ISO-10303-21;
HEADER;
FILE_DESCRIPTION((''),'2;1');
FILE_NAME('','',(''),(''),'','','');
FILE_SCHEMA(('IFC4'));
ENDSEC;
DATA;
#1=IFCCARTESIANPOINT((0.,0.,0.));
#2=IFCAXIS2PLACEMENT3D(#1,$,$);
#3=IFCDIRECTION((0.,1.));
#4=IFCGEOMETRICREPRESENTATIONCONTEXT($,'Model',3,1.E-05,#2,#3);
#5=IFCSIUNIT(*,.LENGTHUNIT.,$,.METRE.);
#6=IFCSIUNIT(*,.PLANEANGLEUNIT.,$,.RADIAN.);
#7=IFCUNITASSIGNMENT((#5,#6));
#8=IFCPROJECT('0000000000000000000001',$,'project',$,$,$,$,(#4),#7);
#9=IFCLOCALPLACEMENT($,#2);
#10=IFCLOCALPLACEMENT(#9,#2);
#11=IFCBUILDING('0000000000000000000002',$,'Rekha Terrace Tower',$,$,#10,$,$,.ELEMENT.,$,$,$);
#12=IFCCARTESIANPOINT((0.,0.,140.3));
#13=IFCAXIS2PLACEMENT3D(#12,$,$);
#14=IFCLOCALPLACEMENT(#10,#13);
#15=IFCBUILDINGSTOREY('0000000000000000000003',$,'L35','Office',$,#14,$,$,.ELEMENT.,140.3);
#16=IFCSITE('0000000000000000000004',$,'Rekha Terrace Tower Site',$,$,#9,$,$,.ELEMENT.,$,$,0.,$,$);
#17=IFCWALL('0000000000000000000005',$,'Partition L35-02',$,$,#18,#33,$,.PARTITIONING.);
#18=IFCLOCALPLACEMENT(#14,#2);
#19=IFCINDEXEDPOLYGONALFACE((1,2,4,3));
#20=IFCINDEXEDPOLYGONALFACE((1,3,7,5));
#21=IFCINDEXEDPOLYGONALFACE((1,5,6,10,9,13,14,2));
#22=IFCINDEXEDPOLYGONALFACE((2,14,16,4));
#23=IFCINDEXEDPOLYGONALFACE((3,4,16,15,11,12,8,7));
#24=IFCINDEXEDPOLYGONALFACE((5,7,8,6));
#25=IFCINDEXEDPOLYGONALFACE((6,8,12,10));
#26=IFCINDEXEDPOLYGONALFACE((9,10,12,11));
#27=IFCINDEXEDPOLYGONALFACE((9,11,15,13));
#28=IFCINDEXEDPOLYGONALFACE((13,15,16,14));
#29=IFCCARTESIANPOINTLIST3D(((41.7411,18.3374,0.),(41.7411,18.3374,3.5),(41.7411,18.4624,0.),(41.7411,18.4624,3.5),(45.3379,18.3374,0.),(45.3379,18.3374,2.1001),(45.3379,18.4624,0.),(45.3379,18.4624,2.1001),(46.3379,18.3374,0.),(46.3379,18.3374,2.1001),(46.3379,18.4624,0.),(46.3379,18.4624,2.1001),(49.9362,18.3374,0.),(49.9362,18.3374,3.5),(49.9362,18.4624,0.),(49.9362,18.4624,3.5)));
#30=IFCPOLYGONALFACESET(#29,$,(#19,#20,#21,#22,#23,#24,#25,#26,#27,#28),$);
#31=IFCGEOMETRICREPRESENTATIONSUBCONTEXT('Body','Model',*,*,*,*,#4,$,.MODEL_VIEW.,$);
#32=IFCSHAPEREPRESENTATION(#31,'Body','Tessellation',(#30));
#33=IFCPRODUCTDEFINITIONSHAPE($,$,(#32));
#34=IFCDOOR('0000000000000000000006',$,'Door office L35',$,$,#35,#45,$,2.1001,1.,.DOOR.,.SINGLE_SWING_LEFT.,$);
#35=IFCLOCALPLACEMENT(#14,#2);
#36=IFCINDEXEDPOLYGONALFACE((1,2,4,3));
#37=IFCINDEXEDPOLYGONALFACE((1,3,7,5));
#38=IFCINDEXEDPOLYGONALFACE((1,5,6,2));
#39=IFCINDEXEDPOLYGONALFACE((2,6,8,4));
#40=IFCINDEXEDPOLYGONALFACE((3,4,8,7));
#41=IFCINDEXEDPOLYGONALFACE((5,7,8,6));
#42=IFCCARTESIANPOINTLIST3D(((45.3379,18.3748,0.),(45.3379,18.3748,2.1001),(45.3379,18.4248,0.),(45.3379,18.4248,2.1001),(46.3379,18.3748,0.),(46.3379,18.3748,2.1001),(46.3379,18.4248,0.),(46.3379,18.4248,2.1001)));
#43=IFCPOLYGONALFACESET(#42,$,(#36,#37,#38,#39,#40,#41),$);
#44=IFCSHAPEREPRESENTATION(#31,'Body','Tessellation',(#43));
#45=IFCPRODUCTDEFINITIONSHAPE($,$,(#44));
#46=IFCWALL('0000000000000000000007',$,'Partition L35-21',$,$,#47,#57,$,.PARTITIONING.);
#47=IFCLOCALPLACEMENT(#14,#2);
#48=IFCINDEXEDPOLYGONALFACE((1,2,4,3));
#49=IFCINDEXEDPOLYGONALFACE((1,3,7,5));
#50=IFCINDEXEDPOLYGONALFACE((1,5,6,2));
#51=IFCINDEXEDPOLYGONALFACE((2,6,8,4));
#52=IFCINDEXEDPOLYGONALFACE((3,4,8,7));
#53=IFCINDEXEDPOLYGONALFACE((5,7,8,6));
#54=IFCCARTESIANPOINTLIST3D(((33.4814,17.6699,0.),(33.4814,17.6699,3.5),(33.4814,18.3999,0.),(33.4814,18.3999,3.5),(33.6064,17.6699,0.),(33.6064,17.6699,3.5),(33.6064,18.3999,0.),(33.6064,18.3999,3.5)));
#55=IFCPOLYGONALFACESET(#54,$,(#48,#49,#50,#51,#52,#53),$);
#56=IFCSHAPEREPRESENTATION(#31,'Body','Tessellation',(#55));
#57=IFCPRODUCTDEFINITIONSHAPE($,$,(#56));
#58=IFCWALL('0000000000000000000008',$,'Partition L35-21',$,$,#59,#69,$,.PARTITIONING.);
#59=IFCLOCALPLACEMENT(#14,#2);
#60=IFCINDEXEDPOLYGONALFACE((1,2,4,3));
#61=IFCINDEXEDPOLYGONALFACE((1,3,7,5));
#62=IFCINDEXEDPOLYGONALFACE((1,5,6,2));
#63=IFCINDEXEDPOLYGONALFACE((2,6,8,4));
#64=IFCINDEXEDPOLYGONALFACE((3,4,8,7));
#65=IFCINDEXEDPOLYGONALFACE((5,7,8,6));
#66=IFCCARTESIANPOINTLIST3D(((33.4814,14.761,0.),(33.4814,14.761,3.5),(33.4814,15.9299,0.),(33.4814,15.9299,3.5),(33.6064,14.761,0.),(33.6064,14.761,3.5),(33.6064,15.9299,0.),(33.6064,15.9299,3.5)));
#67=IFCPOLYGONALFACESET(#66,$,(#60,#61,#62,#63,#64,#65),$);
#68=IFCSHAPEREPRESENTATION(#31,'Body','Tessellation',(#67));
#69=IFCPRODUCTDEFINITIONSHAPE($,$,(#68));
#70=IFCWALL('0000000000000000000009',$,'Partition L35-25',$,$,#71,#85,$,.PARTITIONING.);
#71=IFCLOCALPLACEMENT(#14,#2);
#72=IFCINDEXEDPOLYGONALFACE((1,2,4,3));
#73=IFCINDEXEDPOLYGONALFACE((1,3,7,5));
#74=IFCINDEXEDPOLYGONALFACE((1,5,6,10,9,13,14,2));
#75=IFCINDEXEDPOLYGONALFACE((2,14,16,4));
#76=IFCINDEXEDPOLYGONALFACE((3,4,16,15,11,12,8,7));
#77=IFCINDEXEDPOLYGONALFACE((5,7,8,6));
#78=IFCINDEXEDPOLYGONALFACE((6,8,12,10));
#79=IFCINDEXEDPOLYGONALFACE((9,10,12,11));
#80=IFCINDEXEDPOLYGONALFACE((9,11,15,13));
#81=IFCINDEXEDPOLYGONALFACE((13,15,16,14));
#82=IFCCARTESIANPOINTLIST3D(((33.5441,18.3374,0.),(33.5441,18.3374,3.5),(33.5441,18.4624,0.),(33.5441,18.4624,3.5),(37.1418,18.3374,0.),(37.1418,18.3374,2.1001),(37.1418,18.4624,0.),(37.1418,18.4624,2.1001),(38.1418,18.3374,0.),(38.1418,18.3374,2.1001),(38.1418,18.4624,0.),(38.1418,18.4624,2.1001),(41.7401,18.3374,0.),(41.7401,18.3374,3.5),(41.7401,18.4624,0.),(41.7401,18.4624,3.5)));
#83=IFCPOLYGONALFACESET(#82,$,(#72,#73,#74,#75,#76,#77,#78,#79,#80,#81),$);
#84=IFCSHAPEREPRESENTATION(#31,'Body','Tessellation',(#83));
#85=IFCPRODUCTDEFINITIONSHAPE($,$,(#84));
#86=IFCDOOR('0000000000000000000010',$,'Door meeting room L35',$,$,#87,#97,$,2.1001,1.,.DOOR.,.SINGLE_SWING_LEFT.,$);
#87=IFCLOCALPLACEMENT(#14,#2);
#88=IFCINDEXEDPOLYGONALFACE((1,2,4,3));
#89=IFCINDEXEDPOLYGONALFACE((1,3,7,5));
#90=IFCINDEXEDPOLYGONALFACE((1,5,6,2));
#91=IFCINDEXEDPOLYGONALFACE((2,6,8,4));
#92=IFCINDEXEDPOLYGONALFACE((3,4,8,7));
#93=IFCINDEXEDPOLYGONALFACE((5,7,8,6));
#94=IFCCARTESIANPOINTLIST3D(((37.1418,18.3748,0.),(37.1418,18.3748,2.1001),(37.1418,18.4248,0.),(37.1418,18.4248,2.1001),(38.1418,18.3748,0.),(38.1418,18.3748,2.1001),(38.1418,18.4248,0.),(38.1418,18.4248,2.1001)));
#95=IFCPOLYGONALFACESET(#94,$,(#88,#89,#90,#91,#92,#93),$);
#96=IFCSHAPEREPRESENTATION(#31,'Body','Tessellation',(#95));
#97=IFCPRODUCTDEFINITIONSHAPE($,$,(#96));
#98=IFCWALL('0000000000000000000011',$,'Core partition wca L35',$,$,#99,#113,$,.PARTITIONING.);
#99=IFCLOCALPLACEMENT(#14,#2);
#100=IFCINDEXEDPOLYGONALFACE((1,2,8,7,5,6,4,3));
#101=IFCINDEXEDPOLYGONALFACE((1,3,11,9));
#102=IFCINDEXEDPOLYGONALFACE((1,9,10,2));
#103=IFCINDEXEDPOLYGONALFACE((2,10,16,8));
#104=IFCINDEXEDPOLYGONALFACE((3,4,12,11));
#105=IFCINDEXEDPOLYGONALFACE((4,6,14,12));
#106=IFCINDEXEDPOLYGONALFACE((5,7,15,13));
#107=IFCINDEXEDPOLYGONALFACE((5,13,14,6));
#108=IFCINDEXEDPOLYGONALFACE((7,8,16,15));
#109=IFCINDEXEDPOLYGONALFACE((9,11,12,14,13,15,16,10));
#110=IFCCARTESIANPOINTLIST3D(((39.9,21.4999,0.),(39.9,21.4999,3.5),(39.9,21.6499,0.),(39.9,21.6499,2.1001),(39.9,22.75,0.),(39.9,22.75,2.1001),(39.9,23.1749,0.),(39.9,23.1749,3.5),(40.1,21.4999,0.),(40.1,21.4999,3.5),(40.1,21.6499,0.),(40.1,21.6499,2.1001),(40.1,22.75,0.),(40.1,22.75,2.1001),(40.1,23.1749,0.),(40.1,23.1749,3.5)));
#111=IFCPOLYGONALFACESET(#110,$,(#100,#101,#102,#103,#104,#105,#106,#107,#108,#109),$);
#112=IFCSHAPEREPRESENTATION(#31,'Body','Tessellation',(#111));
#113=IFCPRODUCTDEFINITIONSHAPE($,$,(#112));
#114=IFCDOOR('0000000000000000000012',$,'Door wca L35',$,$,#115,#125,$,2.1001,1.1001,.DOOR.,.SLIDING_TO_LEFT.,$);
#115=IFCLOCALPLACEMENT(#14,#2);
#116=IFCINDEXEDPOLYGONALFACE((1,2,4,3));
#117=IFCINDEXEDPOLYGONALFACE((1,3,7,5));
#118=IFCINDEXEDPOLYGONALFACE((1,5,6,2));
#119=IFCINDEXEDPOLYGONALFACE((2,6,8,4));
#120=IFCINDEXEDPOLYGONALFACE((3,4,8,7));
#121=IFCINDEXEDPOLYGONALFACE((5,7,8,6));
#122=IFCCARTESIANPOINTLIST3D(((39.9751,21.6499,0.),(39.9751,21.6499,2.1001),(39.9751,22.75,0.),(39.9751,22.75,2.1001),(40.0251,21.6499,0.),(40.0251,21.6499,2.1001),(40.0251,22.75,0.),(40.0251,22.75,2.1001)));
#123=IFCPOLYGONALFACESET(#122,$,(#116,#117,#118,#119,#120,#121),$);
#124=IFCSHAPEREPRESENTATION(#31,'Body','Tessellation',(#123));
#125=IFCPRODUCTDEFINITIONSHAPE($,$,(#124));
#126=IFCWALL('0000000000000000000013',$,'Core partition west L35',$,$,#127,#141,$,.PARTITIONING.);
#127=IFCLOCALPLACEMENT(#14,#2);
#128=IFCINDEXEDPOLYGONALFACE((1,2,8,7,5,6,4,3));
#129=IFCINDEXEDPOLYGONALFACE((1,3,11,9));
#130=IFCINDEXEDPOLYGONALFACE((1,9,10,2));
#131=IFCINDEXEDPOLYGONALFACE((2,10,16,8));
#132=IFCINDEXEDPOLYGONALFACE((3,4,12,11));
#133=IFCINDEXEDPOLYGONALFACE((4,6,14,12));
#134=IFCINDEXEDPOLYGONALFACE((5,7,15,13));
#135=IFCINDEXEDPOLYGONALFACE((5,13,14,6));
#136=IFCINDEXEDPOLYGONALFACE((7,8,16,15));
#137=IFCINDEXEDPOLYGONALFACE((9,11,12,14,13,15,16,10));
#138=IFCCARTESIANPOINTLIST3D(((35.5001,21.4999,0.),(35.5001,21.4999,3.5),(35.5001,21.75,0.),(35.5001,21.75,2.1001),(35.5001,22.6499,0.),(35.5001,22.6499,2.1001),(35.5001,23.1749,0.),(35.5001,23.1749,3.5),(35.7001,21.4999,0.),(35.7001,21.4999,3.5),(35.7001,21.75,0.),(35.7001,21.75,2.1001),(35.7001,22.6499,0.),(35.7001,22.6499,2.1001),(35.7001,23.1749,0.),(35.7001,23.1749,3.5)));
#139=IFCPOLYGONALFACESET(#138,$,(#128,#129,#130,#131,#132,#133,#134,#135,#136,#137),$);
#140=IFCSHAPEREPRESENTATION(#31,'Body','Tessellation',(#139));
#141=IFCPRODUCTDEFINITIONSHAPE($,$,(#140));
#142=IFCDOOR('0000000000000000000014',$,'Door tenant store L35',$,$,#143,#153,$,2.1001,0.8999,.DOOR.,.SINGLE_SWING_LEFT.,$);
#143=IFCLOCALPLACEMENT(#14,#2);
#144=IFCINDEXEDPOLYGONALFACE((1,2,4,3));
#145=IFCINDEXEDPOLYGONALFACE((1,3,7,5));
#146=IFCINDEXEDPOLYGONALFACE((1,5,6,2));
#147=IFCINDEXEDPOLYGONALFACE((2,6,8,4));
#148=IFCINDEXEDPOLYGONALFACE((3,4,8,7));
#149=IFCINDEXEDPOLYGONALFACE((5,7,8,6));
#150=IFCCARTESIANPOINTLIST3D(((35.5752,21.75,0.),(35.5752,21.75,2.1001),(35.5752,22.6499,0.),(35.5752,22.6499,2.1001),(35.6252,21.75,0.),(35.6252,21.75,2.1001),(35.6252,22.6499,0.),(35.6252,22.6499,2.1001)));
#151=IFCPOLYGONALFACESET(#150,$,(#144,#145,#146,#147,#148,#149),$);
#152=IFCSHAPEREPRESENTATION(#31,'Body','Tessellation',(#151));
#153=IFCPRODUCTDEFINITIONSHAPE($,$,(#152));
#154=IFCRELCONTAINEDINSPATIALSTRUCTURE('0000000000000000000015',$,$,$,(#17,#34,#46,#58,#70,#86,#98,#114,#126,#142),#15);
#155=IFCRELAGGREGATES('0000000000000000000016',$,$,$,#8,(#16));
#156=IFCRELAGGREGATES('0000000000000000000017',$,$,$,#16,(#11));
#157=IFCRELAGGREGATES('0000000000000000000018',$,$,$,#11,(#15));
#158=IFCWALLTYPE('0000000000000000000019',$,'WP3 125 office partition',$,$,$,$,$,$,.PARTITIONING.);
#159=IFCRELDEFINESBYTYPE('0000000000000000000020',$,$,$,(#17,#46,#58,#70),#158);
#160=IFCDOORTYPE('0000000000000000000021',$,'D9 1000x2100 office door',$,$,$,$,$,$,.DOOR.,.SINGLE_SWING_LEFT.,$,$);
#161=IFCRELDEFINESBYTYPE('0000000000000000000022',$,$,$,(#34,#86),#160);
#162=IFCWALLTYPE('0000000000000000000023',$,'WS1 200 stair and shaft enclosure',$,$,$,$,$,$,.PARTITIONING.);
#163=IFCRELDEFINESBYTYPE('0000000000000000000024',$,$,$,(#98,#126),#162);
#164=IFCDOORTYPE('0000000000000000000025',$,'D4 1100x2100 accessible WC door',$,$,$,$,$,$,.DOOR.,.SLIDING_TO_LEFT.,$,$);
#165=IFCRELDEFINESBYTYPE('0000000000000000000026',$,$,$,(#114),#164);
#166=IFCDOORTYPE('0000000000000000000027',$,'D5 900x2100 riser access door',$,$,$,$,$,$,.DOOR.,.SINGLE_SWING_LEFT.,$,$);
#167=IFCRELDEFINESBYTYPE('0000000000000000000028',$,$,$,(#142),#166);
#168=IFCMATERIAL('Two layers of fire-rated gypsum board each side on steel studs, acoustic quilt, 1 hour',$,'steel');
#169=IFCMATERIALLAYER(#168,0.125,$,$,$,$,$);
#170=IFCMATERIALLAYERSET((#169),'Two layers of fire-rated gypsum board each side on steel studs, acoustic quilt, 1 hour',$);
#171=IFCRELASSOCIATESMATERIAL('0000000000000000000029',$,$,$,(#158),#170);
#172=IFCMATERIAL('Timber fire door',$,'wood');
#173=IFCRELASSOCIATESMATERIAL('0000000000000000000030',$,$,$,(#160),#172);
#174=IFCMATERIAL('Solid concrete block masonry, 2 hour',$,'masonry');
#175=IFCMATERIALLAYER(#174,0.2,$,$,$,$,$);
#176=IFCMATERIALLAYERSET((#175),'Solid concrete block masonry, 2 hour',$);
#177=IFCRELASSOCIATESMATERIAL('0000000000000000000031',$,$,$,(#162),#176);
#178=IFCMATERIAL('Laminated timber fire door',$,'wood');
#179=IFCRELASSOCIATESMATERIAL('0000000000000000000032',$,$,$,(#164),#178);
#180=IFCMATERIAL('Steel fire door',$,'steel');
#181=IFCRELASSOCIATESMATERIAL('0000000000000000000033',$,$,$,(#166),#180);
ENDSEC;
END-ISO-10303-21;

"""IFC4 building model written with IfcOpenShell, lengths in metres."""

from ifc_helpers import new_model, si_unit, direction, frame, frame_2d, origin, place, context, subcontext, project, spatial, rectangle, extrude, material, layer, layer_set, type_object, element, fill, save


model = new_model("IFC4")

# Units and contexts
model_context = context("Model", 3, precision=1e-05, world=origin(), true_north=direction((0.0, 1.0)))
body_context = subcontext(model_context, "Body", "Model", "MODEL_VIEW")
ifc_project = project(units=[si_unit("LENGTHUNIT", "METRE"), si_unit("PLANEANGLEUNIT", "RADIAN")], contexts=[model_context])

# Site, building, storey
site_placement = place(None, origin())
site = spatial("IfcSite", under=ifc_project, at=site_placement, Name="Rekha Terrace Tower Site", CompositionType="ELEMENT", RefElevation=0.0)
building_placement = place(site_placement, origin())
building = spatial("IfcBuilding", under=site, at=building_placement, Name="Rekha Terrace Tower", CompositionType="ELEMENT")
storey_placement = place(building_placement, frame((0.0, 0.0, 140.3)))
storey = spatial("IfcBuildingStorey", under=building, at=storey_placement, Name="L35", Description="Office", CompositionType="ELEMENT", Elevation=140.3)

# Shared definitions
ifc_material_1 = material(Name="Two layers of fire-rated gypsum board each side on steel studs, acoustic quilt, 1 hour", Category="steel")
ifc_layer_1 = layer(ifc_material_1, 0.125)
ifc_layer_set_1 = layer_set([ifc_layer_1], Name="Two layers of fire-rated gypsum board each side on steel studs, acoustic quilt, 1 hour")
wall_type_1 = type_object("IfcWallType", Name="WP3 125 office partition", PredefinedType="PARTITIONING", material=ifc_layer_set_1)

# Wall, opening, door
wall_1_placement = place(storey_placement, frame((41.741, 18.3999, 0.0), z_axis=(0.0, 0.0, 1.0), x_axis=(1.0, 0.0, 0.0)))
wall_1 = element("IfcWall", 1, at=wall_1_placement, inside=storey, type_object=wall_type_1, Name="Partition L35-02", PredefinedType="PARTITIONING", context=body_context, shape_type="SweptSolid", body=[
    extrude(rectangle(XDim=8.1951, YDim=0.125, at=frame_2d((4.0977, 0.0))), origin(), (0.0, 0.0, 1.0), 3.5),
])
opening_1_placement = place(wall_1_placement, frame((3.5969, 0.0, 0.0)))
opening_1 = element("IfcOpeningElement", 2, at=opening_1_placement, cuts=wall_1, PredefinedType="OPENING", context=body_context, shape_type="SweptSolid", body=[
    extrude(rectangle(XDim=1.0, YDim=2.1001, at=frame_2d((0.5, 1.05))), frame((0.0, 0.0725, 0.0), z_axis=(0.0, -1.0, 0.0), x_axis=(1.0, 0.0, 0.0)), (0.0, 0.0, 1.0), 0.145),
])
ifc_material_2 = material(Name="Timber fire door", Category="wood")
door_type_1 = type_object("IfcDoorType", Name="D9 1000x2100 office door", OperationType="SINGLE_SWING_LEFT", PredefinedType="DOOR", material=ifc_material_2)
door_1_placement = place(opening_1_placement, origin())
door_1 = element("IfcDoor", 3, at=door_1_placement, inside=storey, type_object=door_type_1, Name="Door office L35", OperationType="SINGLE_SWING_LEFT", OverallHeight=2.1001, OverallWidth=1.0, PredefinedType="DOOR", context=body_context, shape_type="SweptSolid", body=[
    extrude(rectangle(XDim=1.0, YDim=2.1001, at=frame_2d((0.5, 1.05))), frame((0.0, 0.0249, 0.0), z_axis=(0.0, -1.0, 0.0), x_axis=(1.0, 0.0, 0.0)), (0.0, 0.0, 1.0), 0.05),
])
fill(opening_1, door_1)

# Walls
wall_2_placement = place(storey_placement, frame((33.5439, 18.3999, 0.0), z_axis=(0.0, 0.0, 1.0), x_axis=(0.0, -1.0, 0.0)))
element("IfcWall", 4, at=wall_2_placement, inside=storey, type_object=wall_type_1, Name="Partition L35-21", PredefinedType="PARTITIONING", context=body_context, shape_type="SweptSolid", body=[
    extrude(rectangle(XDim=0.73, YDim=0.125, at=frame_2d((0.365, 0.0))), origin(), (0.0, 0.0, 1.0), 3.5),
])
wall_3_placement = place(storey_placement, frame((33.5439, 15.9299, 0.0), z_axis=(0.0, 0.0, 1.0), x_axis=(0.0, -1.0, 0.0)))
element("IfcWall", 5, at=wall_3_placement, inside=storey, type_object=wall_type_1, Name="Partition L35-21", PredefinedType="PARTITIONING", context=body_context, shape_type="SweptSolid", body=[
    extrude(rectangle(XDim=1.1689, YDim=0.125, at=frame_2d((0.5845, 0.0))), origin(), (0.0, 0.0, 1.0), 3.5),
])

# Walls, openings, doors
wall_4_placement = place(storey_placement, frame((33.5439, 18.3999, 0.0), z_axis=(0.0, 0.0, 1.0), x_axis=(1.0, 0.0, 0.0)))
wall_4 = element("IfcWall", 6, at=wall_4_placement, inside=storey, type_object=wall_type_1, Name="Partition L35-25", PredefinedType="PARTITIONING", context=body_context, shape_type="SweptSolid", body=[
    extrude(rectangle(XDim=8.196, YDim=0.125, at=frame_2d((4.0981, 0.0))), origin(), (0.0, 0.0, 1.0), 3.5),
])
opening_2_placement = place(wall_4_placement, frame((3.5979, 0.0, 0.0)))
opening_2 = element("IfcOpeningElement", 7, at=opening_2_placement, cuts=wall_4, PredefinedType="OPENING", context=body_context, shape_type="SweptSolid", body=[
    extrude(rectangle(XDim=1.0, YDim=2.1001, at=frame_2d((0.5, 1.05))), frame((0.0, 0.0725, 0.0), z_axis=(0.0, -1.0, 0.0), x_axis=(1.0, 0.0, 0.0)), (0.0, 0.0, 1.0), 0.145),
])
door_2_placement = place(opening_2_placement, origin())
door_2 = element("IfcDoor", 8, at=door_2_placement, inside=storey, type_object=door_type_1, Name="Door meeting room L35", OperationType="SINGLE_SWING_LEFT", OverallHeight=2.1001, OverallWidth=1.0, PredefinedType="DOOR", context=body_context, shape_type="SweptSolid", body=[
    extrude(rectangle(XDim=1.0, YDim=2.1001, at=frame_2d((0.5, 1.05))), frame((0.0, 0.0249, 0.0), z_axis=(0.0, -1.0, 0.0), x_axis=(1.0, 0.0, 0.0)), (0.0, 0.0, 1.0), 0.05),
])
fill(opening_2, door_2)
ifc_material_3 = material(Name="Solid concrete block masonry, 2 hour", Category="masonry")
ifc_layer_2 = layer(ifc_material_3, 0.2)
ifc_layer_set_2 = layer_set([ifc_layer_2], Name="Solid concrete block masonry, 2 hour")
wall_type_2 = type_object("IfcWallType", Name="WS1 200 stair and shaft enclosure", PredefinedType="PARTITIONING", material=ifc_layer_set_2)
wall_5_placement = place(storey_placement, frame((40.0, 21.5, 0.0), z_axis=(0.0, 0.0, 1.0), x_axis=(0.0, 1.0, 0.0)))
wall_5 = element("IfcWall", 9, at=wall_5_placement, inside=storey, type_object=wall_type_2, Name="Core partition wca L35", PredefinedType="PARTITIONING", context=body_context, shape_type="SweptSolid", body=[
    extrude(rectangle(XDim=1.675, YDim=0.2, at=frame_2d((0.8374, 0.0))), origin(), (0.0, 0.0, 1.0), 3.5),
])
opening_3_placement = place(wall_5_placement, frame((0.1499, 0.0, 0.0)))
opening_3 = element("IfcOpeningElement", 10, at=opening_3_placement, cuts=wall_5, PredefinedType="OPENING", context=body_context, shape_type="SweptSolid", body=[
    extrude(rectangle(XDim=1.1001, YDim=2.1001, at=frame_2d((0.55, 1.05))), frame((0.0, 0.1099, 0.0), z_axis=(0.0, -1.0, 0.0), x_axis=(1.0, 0.0, 0.0)), (0.0, 0.0, 1.0), 0.22),
])
ifc_material_4 = material(Name="Laminated timber fire door", Category="wood")
door_type_2 = type_object("IfcDoorType", Name="D4 1100x2100 accessible WC door", OperationType="SLIDING_TO_LEFT", PredefinedType="DOOR", material=ifc_material_4)
door_3_placement = place(opening_3_placement, origin())
door_3 = element("IfcDoor", 11, at=door_3_placement, inside=storey, type_object=door_type_2, Name="Door wca L35", OperationType="SLIDING_TO_LEFT", OverallHeight=2.1001, OverallWidth=1.1001, PredefinedType="DOOR", context=body_context, shape_type="SweptSolid", body=[
    extrude(rectangle(XDim=1.1001, YDim=2.1001, at=frame_2d((0.55, 1.05))), frame((0.0, 0.0249, 0.0), z_axis=(0.0, -1.0, 0.0), x_axis=(1.0, 0.0, 0.0)), (0.0, 0.0, 1.0), 0.05),
])
fill(opening_3, door_3)
wall_6_placement = place(storey_placement, frame((35.6001, 21.5, 0.0), z_axis=(0.0, 0.0, 1.0), x_axis=(0.0, 1.0, 0.0)))
wall_6 = element("IfcWall", 12, at=wall_6_placement, inside=storey, type_object=wall_type_2, Name="Core partition west L35", PredefinedType="PARTITIONING", context=body_context, shape_type="SweptSolid", body=[
    extrude(rectangle(XDim=1.675, YDim=0.2, at=frame_2d((0.8374, 0.0))), origin(), (0.0, 0.0, 1.0), 3.5),
])
opening_4_placement = place(wall_6_placement, frame((0.25, 0.0, 0.0)))
opening_4 = element("IfcOpeningElement", 13, at=opening_4_placement, cuts=wall_6, PredefinedType="OPENING", context=body_context, shape_type="SweptSolid", body=[
    extrude(rectangle(XDim=0.8999, YDim=2.1001, at=frame_2d((0.45, 1.05))), frame((0.0, 0.1099, 0.0), z_axis=(0.0, -1.0, 0.0), x_axis=(1.0, 0.0, 0.0)), (0.0, 0.0, 1.0), 0.22),
])
ifc_material_5 = material(Name="Steel fire door", Category="steel")
door_type_3 = type_object("IfcDoorType", Name="D5 900x2100 riser access door", OperationType="SINGLE_SWING_LEFT", PredefinedType="DOOR", material=ifc_material_5)
door_4_placement = place(opening_4_placement, origin())
door_4 = element("IfcDoor", 14, at=door_4_placement, inside=storey, type_object=door_type_3, Name="Door tenant store L35", OperationType="SINGLE_SWING_LEFT", OverallHeight=2.1001, OverallWidth=0.8999, PredefinedType="DOOR", context=body_context, shape_type="SweptSolid", body=[
    extrude(rectangle(XDim=0.8999, YDim=2.1001, at=frame_2d((0.45, 1.05))), frame((0.0, 0.0249, 0.0), z_axis=(0.0, -1.0, 0.0), x_axis=(1.0, 0.0, 0.0)), (0.0, 0.0, 1.0), 0.05),
])
fill(opening_4, door_4)

save(model, "model.ifc")
